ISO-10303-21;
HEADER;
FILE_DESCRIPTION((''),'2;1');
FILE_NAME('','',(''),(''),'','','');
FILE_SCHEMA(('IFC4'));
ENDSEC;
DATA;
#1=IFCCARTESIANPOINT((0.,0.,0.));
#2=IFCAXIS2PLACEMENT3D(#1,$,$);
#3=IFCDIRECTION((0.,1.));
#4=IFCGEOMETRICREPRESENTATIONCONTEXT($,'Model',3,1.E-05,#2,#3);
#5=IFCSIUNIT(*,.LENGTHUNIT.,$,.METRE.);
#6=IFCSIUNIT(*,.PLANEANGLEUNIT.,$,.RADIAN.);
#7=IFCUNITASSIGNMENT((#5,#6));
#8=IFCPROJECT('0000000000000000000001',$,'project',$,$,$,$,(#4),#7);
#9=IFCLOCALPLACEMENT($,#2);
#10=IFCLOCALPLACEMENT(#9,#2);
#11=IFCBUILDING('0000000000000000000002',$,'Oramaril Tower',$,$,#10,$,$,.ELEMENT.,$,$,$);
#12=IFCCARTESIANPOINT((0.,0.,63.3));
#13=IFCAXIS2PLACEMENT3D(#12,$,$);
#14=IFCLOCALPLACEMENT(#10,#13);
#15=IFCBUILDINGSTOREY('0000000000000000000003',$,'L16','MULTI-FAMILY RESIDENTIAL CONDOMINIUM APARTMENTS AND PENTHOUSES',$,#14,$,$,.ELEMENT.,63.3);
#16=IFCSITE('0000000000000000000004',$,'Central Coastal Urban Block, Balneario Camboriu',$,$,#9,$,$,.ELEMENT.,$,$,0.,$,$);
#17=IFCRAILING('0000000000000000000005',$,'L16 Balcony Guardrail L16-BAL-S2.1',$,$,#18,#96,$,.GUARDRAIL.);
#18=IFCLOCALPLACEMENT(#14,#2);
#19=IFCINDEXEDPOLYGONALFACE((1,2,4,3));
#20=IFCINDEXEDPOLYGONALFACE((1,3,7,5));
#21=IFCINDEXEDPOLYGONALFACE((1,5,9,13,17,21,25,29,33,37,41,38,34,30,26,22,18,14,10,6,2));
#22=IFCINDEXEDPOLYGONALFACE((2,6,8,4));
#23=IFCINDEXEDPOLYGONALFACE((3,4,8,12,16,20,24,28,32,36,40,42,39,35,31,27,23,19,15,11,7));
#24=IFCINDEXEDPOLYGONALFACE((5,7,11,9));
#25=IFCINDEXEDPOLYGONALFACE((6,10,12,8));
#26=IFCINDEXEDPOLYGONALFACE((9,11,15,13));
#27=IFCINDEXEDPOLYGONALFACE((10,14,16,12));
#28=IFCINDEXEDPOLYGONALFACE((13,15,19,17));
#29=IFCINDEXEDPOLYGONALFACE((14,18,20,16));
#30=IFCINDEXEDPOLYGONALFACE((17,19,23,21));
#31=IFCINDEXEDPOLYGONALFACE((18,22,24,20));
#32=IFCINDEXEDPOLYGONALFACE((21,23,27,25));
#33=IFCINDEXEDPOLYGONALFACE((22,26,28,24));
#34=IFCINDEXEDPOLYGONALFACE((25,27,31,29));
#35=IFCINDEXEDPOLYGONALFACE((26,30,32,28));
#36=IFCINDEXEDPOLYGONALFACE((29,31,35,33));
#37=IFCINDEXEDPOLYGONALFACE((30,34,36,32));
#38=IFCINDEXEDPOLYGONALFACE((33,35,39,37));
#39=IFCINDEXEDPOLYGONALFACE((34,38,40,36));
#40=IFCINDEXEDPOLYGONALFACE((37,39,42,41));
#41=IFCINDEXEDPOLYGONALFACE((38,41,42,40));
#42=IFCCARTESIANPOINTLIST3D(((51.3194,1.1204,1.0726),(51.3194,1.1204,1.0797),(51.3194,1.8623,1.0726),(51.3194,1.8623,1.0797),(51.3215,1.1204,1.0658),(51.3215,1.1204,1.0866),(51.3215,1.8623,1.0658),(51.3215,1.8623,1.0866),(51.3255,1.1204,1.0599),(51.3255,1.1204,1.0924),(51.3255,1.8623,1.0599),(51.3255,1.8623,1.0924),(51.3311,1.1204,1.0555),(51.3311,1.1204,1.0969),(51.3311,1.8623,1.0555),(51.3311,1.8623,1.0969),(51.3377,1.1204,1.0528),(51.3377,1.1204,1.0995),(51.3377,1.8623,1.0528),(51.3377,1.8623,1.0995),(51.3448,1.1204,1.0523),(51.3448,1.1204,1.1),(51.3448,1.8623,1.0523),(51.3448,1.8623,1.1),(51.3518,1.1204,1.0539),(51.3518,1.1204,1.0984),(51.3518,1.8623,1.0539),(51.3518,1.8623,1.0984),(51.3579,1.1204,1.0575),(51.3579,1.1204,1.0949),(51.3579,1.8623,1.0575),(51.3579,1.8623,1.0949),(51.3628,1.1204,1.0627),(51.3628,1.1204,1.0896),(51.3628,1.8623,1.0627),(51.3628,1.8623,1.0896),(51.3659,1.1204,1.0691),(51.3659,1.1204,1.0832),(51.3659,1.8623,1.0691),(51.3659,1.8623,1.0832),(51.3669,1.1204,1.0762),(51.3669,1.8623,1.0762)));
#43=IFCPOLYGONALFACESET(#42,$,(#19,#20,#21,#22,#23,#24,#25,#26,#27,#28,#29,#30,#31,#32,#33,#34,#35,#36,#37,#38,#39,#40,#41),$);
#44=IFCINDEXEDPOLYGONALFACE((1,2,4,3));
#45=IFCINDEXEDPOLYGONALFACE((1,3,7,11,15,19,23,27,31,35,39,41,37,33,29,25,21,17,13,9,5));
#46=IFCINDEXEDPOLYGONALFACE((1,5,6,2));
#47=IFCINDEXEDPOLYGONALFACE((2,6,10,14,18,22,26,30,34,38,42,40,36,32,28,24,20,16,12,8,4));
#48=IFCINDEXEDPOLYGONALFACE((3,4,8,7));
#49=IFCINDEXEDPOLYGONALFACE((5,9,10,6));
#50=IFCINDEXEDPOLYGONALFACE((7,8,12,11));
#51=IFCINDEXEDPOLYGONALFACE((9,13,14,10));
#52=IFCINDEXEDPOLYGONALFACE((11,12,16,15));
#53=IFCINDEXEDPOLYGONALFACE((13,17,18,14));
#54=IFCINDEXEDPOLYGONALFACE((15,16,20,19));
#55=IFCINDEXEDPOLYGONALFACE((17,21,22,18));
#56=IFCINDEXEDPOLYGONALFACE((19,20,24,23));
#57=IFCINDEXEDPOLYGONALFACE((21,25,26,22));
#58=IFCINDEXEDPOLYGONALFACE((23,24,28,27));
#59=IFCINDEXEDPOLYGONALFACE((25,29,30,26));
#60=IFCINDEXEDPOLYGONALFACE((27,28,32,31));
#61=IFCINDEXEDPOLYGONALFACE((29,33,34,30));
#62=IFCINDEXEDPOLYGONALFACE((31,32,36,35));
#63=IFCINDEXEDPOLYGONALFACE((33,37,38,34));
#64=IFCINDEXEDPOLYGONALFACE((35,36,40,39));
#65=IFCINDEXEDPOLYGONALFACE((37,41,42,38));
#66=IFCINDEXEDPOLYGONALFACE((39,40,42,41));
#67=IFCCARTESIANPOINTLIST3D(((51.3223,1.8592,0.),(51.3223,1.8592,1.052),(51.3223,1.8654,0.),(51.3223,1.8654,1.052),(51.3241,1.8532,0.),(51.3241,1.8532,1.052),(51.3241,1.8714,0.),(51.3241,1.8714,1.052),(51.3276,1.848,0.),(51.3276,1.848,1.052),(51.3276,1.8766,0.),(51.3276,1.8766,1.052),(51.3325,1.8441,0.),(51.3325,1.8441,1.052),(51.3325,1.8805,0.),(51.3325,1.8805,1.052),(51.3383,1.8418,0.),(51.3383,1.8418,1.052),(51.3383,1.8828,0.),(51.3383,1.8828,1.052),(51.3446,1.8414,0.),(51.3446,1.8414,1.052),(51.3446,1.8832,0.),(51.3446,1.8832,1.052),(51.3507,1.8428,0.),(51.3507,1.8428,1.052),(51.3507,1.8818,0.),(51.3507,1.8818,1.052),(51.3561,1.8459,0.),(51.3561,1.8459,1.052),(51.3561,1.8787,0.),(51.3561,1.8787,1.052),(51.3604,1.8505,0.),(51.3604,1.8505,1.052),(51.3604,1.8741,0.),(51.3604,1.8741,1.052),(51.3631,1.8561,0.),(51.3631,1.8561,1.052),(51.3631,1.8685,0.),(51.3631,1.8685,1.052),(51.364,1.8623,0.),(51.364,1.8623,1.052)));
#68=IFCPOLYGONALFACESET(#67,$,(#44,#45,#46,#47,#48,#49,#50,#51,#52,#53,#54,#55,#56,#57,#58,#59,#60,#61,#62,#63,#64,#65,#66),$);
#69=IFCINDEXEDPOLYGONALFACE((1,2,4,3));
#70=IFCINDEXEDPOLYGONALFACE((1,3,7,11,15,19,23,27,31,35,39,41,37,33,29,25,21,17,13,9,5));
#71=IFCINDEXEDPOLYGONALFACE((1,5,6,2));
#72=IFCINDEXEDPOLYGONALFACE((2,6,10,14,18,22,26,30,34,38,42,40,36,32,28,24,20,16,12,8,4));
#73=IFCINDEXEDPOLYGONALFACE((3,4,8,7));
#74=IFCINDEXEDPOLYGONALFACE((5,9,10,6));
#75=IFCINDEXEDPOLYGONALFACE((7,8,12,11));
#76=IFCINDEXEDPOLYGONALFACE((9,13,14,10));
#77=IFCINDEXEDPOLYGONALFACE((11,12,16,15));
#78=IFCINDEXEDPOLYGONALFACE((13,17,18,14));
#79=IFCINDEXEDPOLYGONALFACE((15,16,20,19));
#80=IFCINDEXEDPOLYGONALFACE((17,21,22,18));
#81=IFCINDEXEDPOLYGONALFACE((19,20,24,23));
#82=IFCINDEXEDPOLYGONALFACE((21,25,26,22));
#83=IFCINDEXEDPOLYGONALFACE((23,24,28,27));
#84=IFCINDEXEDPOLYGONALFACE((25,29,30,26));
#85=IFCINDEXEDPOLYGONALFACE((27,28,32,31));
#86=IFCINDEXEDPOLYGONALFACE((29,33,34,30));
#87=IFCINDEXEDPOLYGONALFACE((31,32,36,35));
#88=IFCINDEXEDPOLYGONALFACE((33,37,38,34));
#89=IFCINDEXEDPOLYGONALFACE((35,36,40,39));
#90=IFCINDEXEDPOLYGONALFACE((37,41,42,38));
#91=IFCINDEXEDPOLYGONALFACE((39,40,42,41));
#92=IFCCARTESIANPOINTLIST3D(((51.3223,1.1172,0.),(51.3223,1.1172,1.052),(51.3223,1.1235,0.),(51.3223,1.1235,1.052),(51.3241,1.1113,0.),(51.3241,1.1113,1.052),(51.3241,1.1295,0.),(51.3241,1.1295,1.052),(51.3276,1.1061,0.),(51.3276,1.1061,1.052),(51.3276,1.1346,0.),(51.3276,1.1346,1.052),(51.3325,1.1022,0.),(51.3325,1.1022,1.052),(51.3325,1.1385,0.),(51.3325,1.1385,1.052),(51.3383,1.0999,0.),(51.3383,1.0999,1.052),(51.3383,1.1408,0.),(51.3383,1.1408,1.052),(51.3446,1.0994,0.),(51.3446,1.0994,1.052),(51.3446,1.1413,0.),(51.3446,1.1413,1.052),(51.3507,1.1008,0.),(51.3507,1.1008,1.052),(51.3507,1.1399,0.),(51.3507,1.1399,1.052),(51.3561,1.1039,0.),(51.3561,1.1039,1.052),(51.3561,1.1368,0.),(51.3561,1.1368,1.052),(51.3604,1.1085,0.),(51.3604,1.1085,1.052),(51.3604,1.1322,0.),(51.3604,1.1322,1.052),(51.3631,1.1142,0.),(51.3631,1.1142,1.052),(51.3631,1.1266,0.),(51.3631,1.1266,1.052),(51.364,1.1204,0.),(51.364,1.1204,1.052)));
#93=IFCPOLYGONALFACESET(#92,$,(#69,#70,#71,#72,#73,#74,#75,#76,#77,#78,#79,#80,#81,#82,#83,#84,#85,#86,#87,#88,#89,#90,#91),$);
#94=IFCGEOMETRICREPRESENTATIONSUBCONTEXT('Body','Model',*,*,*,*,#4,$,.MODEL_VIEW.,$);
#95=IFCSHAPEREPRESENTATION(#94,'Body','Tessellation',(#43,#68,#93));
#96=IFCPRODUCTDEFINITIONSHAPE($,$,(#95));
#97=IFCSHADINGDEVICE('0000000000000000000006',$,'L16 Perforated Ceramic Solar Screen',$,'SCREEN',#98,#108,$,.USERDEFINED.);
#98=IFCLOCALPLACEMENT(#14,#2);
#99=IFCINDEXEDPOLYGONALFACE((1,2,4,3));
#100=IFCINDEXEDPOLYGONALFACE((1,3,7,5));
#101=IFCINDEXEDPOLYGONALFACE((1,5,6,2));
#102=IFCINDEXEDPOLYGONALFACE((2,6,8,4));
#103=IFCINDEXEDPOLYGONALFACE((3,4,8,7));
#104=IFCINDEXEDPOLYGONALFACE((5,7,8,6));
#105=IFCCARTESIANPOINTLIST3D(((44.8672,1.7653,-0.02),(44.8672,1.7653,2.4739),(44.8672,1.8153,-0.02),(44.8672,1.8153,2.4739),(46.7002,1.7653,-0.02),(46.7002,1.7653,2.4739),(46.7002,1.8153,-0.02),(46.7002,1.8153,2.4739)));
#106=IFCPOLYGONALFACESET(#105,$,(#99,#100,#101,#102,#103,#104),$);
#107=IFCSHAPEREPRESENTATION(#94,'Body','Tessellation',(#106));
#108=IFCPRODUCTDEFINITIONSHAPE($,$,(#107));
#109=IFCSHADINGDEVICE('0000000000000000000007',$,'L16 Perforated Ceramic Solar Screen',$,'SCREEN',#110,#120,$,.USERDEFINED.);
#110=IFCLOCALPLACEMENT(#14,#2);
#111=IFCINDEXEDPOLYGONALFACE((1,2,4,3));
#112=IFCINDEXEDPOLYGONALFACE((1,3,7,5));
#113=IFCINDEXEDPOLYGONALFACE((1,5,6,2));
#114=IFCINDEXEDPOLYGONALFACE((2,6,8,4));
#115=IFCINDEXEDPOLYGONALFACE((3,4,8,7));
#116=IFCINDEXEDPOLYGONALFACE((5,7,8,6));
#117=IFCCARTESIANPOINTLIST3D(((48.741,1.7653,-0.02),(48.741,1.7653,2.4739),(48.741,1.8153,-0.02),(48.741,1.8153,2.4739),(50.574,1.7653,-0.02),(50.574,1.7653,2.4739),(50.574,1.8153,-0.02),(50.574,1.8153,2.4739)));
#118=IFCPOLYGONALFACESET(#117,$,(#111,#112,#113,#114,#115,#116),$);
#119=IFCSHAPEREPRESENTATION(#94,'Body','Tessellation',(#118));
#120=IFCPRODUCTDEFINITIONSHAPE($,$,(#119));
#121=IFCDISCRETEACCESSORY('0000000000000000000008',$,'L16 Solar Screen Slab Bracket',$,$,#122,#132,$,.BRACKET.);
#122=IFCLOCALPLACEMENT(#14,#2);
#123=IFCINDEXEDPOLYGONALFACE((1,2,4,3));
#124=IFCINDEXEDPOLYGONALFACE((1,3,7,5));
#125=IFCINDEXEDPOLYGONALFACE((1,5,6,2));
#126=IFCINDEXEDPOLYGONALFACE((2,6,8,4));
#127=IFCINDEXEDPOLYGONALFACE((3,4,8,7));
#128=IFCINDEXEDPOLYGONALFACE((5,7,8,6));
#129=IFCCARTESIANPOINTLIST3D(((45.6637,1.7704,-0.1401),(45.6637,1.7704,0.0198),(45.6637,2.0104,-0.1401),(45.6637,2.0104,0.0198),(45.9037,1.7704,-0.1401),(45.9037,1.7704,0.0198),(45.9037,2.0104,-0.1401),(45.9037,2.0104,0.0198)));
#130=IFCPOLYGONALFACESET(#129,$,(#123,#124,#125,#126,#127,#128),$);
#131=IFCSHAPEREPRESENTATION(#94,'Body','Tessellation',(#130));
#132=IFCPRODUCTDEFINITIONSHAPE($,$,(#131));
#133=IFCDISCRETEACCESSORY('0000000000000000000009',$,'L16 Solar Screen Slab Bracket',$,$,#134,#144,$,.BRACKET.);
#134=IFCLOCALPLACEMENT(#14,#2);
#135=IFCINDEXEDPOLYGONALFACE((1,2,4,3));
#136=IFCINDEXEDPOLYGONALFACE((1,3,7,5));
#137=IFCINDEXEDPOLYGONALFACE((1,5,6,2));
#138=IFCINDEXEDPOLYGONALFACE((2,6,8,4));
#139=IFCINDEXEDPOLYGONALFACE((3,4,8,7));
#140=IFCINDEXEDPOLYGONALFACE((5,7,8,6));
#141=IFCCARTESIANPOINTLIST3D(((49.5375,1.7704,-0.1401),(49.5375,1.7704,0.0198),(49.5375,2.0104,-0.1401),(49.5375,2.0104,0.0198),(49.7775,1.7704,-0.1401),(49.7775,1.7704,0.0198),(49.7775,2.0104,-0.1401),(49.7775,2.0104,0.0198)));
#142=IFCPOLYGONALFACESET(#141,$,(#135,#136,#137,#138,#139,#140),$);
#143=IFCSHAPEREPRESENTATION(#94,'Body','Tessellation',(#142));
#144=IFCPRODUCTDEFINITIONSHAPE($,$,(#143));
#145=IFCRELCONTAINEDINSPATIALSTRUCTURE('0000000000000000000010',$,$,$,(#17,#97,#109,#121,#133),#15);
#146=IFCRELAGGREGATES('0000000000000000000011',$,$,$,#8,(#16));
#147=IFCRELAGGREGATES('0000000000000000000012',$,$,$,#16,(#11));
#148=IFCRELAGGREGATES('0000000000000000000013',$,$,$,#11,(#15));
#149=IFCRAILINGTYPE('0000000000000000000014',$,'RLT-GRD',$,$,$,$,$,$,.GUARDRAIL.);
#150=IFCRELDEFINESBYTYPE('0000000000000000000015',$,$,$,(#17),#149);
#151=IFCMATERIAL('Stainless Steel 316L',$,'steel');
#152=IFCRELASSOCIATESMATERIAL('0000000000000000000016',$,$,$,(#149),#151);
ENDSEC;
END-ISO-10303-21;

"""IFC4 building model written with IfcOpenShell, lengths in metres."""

from ifc_helpers import new_model, si_unit, direction, frame, origin, origin_2d, place, context, subcontext, project, spatial, rectangle, circle, extrude, material, type_object, element, save


model = new_model("IFC4")

# Units and contexts
model_context = context("Model", 3, precision=1e-05, world=origin(), true_north=direction((0.0, 1.0)))
body_context = subcontext(model_context, "Body", "Model", "MODEL_VIEW")
ifc_project = project(units=[si_unit("LENGTHUNIT", "METRE"), si_unit("PLANEANGLEUNIT", "RADIAN")], contexts=[model_context])

# Site, building, storey
site_placement = place(None, origin())
site = spatial("IfcSite", under=ifc_project, at=site_placement, Name="Central Coastal Urban Block, Balneario Camboriu", CompositionType="ELEMENT", RefElevation=0.0)
building_placement = place(site_placement, origin())
building = spatial("IfcBuilding", under=site, at=building_placement, Name="Oramaril Tower", CompositionType="ELEMENT")
storey_placement = place(building_placement, frame((0.0, 0.0, 63.3)))
storey = spatial("IfcBuildingStorey", under=building, at=storey_placement, Name="L16", Description="MULTI-FAMILY RESIDENTIAL CONDOMINIUM APARTMENTS AND PENTHOUSES", CompositionType="ELEMENT", Elevation=63.3)

# Railing
ifc_material_1 = material(Name="Stainless Steel 316L", Category="steel")
railing_type = type_object("IfcRailingType", Name="RLT-GRD", PredefinedType="GUARDRAIL", material=ifc_material_1)
railing_1_placement = place(storey_placement, frame((51.343, 1.8623, 0.0)))
element("IfcRailing", 1, at=railing_1_placement, inside=storey, type_object=railing_type, Name="L16 Balcony Guardrail L16-BAL-S2.1", PredefinedType="GUARDRAIL", context=body_context, shape_type="SweptSolid", body=[
    extrude(circle(Radius=0.0239, at=origin_2d()), frame((0.0, 0.0, 1.0762), z_axis=(0.0, -1.0, 0.0), x_axis=(1.0, 0.0, 0.0)), (0.0, 0.0, 1.0), 0.7419),
    extrude(circle(Radius=0.021, at=origin_2d()), origin(), (0.0, 0.0, 1.0), 1.052),
    extrude(circle(Radius=0.021, at=origin_2d()), frame((0.0, -0.7419, 0.0)), (0.0, 0.0, 1.0), 1.052),
])

# Shading devices
for number, where, z_axis, x_axis, name in (
    (2, (45.7837, 1.7903, -0.02), (0.0, 0.0, 1.0), (1.0, 0.0, 0.0), "L16 Perforated Ceramic Solar Screen"),
    (3, (49.6575, 1.7903, -0.02), (0.0, 0.0, 1.0), (1.0, 0.0, 0.0), "L16 Perforated Ceramic Solar Screen"),
):
    element("IfcShadingDevice", number, at=place(storey_placement, frame(where, z_axis=z_axis, x_axis=x_axis)), inside=storey, Name=name, ObjectType="SCREEN", PredefinedType="USERDEFINED", context=body_context, shape_type="SweptSolid", body=[
        extrude(rectangle(XDim=1.833, YDim=0.05, at=origin_2d()), origin(), (0.0, 0.0, 1.0), 2.4939),
    ])

# Discrete accessories
for number, where, z_axis, x_axis, name in (
    (4, (45.7837, 1.8904, -0.1401), (0.0, 0.0, 1.0), (1.0, 0.0, 0.0), "L16 Solar Screen Slab Bracket"),
    (5, (49.6575, 1.8904, -0.1401), (0.0, 0.0, 1.0), (1.0, 0.0, 0.0), "L16 Solar Screen Slab Bracket"),
):
    element("IfcDiscreteAccessory", number, at=place(storey_placement, frame(where, z_axis=z_axis, x_axis=x_axis)), inside=storey, Name=name, PredefinedType="BRACKET", context=body_context, shape_type="SweptSolid", body=[
        extrude(rectangle(XDim=0.24, YDim=0.24, at=origin_2d()), origin(), (0.0, 0.0, 1.0), 0.1599),
    ])

save(model, "model.ifc")
